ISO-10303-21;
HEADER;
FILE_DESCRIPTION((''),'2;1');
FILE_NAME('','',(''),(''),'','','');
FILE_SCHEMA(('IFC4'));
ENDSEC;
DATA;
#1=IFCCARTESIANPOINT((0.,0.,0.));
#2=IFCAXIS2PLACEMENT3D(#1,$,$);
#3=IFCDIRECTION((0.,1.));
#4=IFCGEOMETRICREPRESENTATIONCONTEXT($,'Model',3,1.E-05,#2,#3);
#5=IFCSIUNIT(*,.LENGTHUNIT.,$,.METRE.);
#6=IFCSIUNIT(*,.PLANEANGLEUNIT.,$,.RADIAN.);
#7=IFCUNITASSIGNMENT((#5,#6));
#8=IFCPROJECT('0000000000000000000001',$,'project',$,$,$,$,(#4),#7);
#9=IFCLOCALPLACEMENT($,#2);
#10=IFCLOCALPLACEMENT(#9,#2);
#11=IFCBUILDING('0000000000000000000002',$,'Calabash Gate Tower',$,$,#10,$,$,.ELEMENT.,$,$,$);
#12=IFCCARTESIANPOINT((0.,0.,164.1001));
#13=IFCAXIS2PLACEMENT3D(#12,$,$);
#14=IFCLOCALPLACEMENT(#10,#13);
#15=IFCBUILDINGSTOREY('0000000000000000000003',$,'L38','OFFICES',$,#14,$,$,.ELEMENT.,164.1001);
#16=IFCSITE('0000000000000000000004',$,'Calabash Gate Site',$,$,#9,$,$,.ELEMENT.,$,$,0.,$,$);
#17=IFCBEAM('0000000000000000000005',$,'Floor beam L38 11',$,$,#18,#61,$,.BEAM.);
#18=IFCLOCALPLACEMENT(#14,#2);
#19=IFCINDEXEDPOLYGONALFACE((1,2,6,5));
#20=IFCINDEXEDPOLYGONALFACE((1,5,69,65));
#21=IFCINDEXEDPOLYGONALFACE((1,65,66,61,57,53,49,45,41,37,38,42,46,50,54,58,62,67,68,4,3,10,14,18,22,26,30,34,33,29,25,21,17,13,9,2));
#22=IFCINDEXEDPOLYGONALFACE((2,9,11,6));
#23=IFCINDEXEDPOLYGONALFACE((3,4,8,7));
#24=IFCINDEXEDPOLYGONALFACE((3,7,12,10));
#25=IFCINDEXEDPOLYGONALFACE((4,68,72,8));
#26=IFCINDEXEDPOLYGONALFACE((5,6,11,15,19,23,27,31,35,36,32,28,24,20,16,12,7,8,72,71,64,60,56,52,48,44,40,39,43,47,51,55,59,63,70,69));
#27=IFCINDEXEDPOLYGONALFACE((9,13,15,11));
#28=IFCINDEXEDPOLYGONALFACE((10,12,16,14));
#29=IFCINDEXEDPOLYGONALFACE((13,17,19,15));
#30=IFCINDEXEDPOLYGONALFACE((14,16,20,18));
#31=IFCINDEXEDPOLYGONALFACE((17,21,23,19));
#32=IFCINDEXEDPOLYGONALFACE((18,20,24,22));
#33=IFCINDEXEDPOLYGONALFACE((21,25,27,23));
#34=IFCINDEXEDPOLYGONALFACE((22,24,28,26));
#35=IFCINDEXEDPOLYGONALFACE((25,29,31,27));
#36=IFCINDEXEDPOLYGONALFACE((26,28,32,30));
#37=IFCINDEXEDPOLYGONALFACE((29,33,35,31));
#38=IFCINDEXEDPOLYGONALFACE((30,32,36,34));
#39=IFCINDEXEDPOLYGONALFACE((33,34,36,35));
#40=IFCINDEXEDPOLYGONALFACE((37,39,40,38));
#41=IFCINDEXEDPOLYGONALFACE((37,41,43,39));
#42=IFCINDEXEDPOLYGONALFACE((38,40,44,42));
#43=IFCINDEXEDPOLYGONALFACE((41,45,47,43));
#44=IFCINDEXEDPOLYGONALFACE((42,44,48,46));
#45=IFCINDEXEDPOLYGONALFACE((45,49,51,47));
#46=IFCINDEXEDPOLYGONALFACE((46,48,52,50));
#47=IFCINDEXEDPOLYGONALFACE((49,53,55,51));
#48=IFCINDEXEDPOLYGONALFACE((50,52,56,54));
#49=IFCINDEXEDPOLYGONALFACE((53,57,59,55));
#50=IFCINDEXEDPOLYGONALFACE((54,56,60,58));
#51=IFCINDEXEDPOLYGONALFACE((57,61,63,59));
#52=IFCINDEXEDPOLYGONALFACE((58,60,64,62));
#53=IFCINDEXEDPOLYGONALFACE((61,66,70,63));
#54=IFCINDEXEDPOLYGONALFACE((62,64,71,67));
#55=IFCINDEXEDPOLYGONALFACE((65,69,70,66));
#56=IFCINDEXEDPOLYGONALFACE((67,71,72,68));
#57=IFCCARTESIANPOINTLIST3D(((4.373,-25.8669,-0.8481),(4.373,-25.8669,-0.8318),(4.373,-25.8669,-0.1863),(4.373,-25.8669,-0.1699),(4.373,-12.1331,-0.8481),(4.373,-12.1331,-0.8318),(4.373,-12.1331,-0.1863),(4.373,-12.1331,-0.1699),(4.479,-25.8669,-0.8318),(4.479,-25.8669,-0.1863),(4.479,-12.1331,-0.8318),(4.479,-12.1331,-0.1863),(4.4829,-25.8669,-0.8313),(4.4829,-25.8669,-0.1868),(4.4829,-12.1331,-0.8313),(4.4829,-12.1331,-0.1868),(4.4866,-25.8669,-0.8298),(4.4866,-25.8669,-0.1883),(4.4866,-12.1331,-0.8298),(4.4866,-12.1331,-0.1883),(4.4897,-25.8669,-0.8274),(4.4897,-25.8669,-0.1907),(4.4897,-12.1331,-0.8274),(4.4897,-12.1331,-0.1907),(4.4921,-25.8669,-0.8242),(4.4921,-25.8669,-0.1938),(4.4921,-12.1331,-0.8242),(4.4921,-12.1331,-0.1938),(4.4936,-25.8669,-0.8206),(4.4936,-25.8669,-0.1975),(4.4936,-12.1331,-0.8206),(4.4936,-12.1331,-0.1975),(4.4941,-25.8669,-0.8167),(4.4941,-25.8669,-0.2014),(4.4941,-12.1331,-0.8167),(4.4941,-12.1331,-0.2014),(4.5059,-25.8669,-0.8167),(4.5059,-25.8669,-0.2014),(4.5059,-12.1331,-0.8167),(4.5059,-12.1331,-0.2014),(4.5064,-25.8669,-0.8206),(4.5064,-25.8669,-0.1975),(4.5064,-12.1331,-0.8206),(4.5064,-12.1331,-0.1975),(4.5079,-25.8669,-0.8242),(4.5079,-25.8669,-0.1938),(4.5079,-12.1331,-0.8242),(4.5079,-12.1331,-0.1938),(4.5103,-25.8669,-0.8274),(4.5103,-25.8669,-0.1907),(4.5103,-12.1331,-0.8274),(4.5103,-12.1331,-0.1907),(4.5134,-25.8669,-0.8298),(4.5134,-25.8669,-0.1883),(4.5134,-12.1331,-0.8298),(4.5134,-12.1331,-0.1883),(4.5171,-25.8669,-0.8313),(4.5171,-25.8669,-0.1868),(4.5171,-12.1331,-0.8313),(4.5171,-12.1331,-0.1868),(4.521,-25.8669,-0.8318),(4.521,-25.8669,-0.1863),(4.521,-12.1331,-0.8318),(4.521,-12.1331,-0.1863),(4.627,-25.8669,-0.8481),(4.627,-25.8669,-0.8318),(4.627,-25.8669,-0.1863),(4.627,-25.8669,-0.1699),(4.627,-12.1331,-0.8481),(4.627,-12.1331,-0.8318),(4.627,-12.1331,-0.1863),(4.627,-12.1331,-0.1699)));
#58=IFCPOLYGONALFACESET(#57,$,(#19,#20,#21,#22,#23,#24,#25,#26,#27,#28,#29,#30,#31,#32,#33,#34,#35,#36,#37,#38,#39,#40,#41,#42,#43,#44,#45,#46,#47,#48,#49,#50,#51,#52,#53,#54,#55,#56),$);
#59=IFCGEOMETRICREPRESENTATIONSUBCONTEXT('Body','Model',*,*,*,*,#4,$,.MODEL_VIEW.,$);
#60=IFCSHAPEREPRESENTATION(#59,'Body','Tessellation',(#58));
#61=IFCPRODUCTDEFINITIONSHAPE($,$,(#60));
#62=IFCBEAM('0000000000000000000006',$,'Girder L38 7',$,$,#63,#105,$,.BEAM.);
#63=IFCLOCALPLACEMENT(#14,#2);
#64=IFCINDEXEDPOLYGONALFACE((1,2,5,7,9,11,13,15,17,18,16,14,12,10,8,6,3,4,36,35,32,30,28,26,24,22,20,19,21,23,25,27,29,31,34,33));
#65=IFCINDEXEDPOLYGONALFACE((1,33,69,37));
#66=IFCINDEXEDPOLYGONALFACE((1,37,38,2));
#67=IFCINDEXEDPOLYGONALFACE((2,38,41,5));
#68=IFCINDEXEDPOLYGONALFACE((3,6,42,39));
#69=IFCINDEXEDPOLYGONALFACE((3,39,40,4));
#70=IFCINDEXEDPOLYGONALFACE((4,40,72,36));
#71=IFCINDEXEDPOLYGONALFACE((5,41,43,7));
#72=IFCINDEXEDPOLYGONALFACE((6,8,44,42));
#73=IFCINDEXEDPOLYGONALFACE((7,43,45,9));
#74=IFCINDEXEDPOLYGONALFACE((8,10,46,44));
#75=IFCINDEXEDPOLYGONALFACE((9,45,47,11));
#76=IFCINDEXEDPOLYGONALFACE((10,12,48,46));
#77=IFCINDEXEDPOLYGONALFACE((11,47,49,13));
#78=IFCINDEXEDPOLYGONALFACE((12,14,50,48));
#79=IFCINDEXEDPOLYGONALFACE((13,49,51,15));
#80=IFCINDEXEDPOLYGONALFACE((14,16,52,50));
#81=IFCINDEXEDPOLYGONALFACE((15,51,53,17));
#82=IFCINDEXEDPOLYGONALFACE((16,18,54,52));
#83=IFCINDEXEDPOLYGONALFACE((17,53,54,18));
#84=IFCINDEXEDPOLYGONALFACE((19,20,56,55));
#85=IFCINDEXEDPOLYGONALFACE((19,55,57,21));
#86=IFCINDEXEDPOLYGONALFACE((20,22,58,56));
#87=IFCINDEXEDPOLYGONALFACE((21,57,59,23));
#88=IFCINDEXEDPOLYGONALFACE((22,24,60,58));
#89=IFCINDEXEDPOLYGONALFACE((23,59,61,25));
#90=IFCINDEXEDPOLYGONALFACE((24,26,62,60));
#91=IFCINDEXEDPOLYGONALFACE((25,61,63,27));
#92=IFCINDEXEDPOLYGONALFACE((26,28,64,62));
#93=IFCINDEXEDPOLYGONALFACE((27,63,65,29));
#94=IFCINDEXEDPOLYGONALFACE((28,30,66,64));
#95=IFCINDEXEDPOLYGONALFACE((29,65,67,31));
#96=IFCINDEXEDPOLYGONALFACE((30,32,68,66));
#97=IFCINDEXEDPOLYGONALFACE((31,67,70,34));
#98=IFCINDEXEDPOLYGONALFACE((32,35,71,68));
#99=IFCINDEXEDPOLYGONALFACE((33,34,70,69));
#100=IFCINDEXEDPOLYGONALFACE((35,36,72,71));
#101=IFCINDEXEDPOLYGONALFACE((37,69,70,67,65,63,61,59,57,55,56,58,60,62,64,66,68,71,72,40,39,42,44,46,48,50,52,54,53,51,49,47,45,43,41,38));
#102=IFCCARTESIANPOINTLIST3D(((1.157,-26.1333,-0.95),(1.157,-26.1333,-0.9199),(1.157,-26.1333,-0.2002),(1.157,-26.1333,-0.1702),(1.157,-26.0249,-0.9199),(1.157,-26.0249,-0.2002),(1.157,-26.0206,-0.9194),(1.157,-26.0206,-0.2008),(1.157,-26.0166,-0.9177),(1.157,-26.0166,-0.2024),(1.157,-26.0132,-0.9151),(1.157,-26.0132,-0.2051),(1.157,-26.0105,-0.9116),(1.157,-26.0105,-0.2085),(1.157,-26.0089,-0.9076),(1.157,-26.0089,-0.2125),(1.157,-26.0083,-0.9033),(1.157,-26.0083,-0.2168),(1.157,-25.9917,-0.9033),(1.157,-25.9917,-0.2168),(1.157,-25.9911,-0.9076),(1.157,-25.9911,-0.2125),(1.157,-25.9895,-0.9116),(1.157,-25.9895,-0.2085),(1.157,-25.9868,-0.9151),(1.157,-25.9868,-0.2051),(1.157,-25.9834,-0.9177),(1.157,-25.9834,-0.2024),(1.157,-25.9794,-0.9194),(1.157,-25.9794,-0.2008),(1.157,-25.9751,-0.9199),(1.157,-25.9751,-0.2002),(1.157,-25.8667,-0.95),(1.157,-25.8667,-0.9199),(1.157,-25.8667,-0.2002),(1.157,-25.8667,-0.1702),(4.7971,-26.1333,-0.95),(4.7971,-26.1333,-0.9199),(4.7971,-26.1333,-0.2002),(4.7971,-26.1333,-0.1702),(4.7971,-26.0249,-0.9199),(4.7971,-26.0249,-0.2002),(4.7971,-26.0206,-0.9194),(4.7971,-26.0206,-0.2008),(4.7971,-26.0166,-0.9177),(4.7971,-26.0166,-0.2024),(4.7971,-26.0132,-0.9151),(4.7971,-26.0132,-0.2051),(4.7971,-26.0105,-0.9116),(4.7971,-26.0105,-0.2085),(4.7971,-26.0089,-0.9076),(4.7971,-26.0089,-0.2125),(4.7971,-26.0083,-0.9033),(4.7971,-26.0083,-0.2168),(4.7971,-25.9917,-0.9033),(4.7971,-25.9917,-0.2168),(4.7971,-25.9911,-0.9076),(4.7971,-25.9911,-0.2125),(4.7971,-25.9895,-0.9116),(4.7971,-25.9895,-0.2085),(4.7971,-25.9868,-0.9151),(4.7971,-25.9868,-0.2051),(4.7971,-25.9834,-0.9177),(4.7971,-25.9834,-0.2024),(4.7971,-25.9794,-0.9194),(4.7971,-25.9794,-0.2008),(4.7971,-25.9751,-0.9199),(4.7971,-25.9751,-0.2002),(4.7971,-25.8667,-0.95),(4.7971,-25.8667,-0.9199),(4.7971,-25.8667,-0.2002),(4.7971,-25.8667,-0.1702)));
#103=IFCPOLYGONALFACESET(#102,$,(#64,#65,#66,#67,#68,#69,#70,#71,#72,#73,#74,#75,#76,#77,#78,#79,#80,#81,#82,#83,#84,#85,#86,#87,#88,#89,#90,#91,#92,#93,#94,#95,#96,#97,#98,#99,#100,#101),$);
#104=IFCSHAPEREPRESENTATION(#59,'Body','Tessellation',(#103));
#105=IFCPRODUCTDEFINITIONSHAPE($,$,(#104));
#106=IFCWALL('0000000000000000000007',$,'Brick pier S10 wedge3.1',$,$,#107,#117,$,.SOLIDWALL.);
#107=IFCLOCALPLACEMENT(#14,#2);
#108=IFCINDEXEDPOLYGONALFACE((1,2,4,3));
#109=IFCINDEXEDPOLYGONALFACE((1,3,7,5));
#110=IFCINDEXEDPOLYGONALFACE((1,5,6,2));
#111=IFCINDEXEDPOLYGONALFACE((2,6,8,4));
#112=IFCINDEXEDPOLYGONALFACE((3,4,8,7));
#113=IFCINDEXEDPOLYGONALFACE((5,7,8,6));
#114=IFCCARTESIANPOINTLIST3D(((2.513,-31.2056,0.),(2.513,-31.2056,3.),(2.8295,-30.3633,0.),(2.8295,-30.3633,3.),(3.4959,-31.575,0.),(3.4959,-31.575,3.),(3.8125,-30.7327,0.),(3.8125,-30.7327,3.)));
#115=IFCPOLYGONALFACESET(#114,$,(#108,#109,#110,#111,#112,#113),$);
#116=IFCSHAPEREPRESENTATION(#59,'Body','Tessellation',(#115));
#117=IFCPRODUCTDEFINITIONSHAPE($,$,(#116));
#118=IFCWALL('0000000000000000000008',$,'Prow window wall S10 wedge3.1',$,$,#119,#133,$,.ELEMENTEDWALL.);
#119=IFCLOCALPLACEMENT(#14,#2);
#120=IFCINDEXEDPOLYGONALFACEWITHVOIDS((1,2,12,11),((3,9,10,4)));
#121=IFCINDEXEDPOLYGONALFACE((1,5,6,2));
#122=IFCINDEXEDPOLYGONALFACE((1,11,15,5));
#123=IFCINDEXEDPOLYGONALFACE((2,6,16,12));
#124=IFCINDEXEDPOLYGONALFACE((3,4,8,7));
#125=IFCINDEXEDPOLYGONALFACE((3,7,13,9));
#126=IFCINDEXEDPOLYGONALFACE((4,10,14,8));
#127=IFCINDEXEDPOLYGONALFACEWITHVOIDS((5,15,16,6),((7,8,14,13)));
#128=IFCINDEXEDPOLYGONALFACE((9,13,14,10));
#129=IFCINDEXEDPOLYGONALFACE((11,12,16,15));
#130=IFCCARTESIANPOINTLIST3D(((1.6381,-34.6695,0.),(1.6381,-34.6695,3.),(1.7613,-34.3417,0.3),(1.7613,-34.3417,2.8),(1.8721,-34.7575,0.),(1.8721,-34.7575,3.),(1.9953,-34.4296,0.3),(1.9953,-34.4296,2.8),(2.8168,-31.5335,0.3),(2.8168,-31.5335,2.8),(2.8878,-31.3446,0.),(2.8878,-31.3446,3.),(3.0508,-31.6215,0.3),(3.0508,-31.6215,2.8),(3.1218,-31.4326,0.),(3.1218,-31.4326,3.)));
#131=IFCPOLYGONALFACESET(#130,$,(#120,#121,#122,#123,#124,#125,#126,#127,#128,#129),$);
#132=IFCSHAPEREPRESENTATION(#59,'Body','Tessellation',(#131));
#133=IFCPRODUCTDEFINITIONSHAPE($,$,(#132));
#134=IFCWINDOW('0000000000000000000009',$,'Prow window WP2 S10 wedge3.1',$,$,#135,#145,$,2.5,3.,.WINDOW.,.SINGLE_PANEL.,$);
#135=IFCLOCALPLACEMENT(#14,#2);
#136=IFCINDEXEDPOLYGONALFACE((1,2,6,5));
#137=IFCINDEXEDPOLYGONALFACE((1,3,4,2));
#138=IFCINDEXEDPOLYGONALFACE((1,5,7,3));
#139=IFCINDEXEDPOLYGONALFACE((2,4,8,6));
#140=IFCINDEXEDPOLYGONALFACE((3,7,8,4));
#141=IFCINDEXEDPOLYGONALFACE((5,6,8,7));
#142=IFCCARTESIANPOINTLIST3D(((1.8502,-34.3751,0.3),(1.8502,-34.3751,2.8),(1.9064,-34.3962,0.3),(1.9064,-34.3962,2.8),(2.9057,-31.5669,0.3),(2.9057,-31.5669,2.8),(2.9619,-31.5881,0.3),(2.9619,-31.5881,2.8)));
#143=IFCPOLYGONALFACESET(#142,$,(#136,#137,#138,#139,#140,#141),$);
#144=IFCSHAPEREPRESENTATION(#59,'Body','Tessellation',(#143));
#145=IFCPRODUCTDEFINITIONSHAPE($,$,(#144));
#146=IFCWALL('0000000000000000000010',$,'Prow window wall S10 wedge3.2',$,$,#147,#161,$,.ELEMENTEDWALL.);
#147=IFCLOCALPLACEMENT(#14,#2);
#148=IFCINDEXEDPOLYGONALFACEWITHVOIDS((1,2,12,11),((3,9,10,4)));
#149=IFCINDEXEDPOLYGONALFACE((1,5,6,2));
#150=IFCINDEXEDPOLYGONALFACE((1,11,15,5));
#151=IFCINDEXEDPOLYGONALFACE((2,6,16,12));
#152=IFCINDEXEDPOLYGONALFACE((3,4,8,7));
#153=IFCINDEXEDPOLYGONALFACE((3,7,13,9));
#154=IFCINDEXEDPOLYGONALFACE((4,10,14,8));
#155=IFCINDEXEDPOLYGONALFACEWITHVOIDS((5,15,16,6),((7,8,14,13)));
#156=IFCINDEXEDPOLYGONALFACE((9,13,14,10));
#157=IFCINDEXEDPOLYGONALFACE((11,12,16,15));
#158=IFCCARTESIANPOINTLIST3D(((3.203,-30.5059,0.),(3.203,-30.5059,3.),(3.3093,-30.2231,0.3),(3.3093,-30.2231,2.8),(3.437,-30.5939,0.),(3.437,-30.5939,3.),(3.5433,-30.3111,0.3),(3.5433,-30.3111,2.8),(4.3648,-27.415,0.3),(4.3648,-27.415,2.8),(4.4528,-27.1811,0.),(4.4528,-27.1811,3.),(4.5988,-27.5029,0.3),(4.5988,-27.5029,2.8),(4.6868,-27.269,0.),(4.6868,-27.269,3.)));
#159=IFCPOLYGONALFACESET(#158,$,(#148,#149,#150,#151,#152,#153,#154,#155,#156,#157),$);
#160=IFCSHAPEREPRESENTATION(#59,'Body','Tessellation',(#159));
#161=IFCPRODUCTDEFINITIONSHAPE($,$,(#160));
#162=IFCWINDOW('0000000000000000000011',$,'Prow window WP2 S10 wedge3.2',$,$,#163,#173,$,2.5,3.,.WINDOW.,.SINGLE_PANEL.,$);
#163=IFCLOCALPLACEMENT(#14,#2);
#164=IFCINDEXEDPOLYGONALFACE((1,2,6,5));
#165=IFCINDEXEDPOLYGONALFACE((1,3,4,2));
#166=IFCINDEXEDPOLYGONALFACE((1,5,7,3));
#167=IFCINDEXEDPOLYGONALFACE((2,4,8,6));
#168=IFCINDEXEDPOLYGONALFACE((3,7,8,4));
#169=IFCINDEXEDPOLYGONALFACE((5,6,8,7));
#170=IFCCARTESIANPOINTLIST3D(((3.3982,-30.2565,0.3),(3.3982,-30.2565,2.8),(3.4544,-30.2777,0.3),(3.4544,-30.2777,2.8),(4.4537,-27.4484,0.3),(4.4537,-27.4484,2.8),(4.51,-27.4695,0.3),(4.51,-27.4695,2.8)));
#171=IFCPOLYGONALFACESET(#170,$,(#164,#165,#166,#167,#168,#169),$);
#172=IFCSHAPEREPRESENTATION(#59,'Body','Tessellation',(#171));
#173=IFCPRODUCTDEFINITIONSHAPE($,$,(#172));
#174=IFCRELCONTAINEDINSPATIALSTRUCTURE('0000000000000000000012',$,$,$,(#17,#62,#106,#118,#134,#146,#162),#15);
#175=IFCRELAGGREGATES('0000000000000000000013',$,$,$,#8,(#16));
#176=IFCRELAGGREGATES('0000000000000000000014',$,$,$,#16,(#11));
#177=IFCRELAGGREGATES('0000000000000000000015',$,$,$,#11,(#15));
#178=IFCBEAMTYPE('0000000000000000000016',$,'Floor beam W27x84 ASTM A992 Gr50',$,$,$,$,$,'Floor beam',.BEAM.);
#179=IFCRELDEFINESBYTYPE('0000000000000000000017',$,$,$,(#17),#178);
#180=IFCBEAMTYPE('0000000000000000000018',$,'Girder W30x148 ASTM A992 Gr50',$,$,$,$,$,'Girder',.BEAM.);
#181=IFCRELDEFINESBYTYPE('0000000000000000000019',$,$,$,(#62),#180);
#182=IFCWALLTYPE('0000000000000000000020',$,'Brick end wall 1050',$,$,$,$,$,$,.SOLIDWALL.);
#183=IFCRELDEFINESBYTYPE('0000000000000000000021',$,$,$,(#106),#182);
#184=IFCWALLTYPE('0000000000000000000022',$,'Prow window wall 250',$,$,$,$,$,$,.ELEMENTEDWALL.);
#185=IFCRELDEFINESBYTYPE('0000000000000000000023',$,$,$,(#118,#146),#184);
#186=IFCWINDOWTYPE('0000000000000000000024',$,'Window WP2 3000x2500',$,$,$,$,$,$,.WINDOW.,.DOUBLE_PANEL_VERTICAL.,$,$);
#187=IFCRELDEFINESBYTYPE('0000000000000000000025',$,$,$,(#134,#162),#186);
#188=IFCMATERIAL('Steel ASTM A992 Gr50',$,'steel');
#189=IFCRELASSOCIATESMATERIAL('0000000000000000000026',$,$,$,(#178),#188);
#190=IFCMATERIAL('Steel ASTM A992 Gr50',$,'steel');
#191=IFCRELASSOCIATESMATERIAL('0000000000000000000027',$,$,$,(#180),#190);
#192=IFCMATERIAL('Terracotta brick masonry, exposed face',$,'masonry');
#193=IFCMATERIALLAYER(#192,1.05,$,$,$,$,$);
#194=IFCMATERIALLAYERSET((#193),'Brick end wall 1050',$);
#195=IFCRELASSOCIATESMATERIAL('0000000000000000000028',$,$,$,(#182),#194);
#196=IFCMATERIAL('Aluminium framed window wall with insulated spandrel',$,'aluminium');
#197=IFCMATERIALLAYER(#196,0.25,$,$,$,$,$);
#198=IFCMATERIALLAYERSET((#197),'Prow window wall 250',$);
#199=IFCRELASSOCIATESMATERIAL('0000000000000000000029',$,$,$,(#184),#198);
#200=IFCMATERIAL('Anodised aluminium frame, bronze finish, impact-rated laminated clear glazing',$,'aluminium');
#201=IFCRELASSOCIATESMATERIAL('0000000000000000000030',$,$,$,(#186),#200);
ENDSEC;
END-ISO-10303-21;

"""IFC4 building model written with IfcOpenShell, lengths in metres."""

from ifc_helpers import new_model, si_unit, direction, frame, frame_2d, origin, origin_2d, place, context, subcontext, project, spatial, rectangle, i_section, extrude, material, layer, layer_set, material_profile, profile_set, type_object, element, fill, save


model = new_model("IFC4")

# Units and contexts
model_context = context("Model", 3, precision=1e-05, world=origin(), true_north=direction((0.0, 1.0)))
body_context = subcontext(model_context, "Body", "Model", "MODEL_VIEW")
ifc_project = project(units=[si_unit("LENGTHUNIT", "METRE"), si_unit("PLANEANGLEUNIT", "RADIAN")], contexts=[model_context])

# Site, building, storey
site_placement = place(None, origin())
site = spatial("IfcSite", under=ifc_project, at=site_placement, Name="Calabash Gate Site", CompositionType="ELEMENT", RefElevation=0.0)
building_placement = place(site_placement, origin())
building = spatial("IfcBuilding", under=site, at=building_placement, Name="Calabash Gate Tower", CompositionType="ELEMENT")
storey_placement = place(building_placement, frame((0.0, 0.0, 164.1001)))
storey = spatial("IfcBuildingStorey", under=building, at=storey_placement, Name="L38", Description="OFFICES", CompositionType="ELEMENT", Elevation=164.1001)

# Beams
ifc_material_1 = material(Name="Steel ASTM A992 Gr50", Category="steel")
ifc_material_profile_1 = material_profile(ifc_material_1, i_section(OverallWidth=0.2539, OverallDepth=0.6782, WebThickness=0.0117, FlangeThickness=0.0164, FilletRadius=0.0151, at=origin_2d()))
ifc_profile_set_1 = profile_set([ifc_material_profile_1], Name="Steel ASTM A992 Gr50")
beam_type_1 = type_object("IfcBeamType", Name="Floor beam W27x84 ASTM A992 Gr50", ElementType="Floor beam", PredefinedType="BEAM", material=ifc_profile_set_1)
beam_1_placement = place(storey_placement, frame((4.5, -25.8669, -0.509), z_axis=(0.0, 1.0, 0.0), x_axis=(-1.0, 0.0, 0.0)))
element("IfcBeam", 1, at=beam_1_placement, inside=storey, type_object=beam_type_1, Name="Floor beam L38 11", PredefinedType="BEAM", context=body_context, shape_type="SweptSolid", body=[
    extrude(i_section(OverallWidth=0.2539, OverallDepth=0.6782, WebThickness=0.0117, FlangeThickness=0.0164, FilletRadius=0.0151, at=origin_2d()), origin(), (0.0, 0.0, 1.0), 13.7339),
])
ifc_material_2 = material(Name="Steel ASTM A992 Gr50", Category="steel")
ifc_material_profile_2 = material_profile(ifc_material_2, i_section(OverallWidth=0.2666, OverallDepth=0.7798, WebThickness=0.0166, FlangeThickness=0.03, FilletRadius=0.0166, at=origin_2d()))
ifc_profile_set_2 = profile_set([ifc_material_profile_2], Name="Steel ASTM A992 Gr50")
beam_type_2 = type_object("IfcBeamType", Name="Girder W30x148 ASTM A992 Gr50", ElementType="Girder", PredefinedType="BEAM", material=ifc_profile_set_2)
beam_2_placement = place(storey_placement, frame((1.157, -26.0, -0.5601), z_axis=(1.0, 0.0, 0.0), x_axis=(0.0, 1.0, 0.0)))
element("IfcBeam", 2, at=beam_2_placement, inside=storey, type_object=beam_type_2, Name="Girder L38 7", PredefinedType="BEAM", context=body_context, shape_type="SweptSolid", body=[
    extrude(i_section(OverallWidth=0.2666, OverallDepth=0.7798, WebThickness=0.0166, FlangeThickness=0.03, FilletRadius=0.0166, at=origin_2d()), origin(), (0.0, 0.0, 1.0), 3.6401),
])

# Wall
ifc_material_3 = material(Name="Terracotta brick masonry, exposed face", Category="masonry")
ifc_layer_1 = layer(ifc_material_3, 1.05)
ifc_layer_set_1 = layer_set([ifc_layer_1], Name="Brick end wall 1050")
wall_type_1 = type_object("IfcWallType", Name="Brick end wall 1050", PredefinedType="SOLIDWALL", material=ifc_layer_set_1)
wall_1_placement = place(storey_placement, frame((3.6541, -31.1538, 0.0), z_axis=(0.0, 0.0, 1.0), x_axis=(-0.936081, 0.351786, 0.0)))
element("IfcWall", 3, at=wall_1_placement, inside=storey, type_object=wall_type_1, Name="Brick pier S10 wedge3.1", PredefinedType="SOLIDWALL", context=body_context, shape_type="SweptSolid", body=[
    extrude(rectangle(XDim=1.05, YDim=0.8999, at=frame_2d((0.5249, 0.0))), origin(), (0.0, 0.0, 1.0), 3.0),
])

# Walls, openings, windows
ifc_material_4 = material(Name="Aluminium framed window wall with insulated spandrel", Category="aluminium")
ifc_layer_2 = layer(ifc_material_4, 0.25)
ifc_layer_set_2 = layer_set([ifc_layer_2], Name="Prow window wall 250")
wall_type_2 = type_object("IfcWallType", Name="Prow window wall 250", PredefinedType="ELEMENTEDWALL", material=ifc_layer_set_2)
wall_2_placement = place(storey_placement, frame((1.7551, -34.7134, 0.0), z_axis=(0.0, 0.0, 1.0), x_axis=(0.351839, 0.936061, 0.0)))
wall_2 = element("IfcWall", 4, at=wall_2_placement, inside=storey, type_object=wall_type_2, Name="Prow window wall S10 wedge3.1", PredefinedType="ELEMENTEDWALL", context=body_context, shape_type="SweptSolid", body=[
    extrude(rectangle(XDim=3.552, YDim=0.25, at=frame_2d((1.7759, 0.0))), origin(), (0.0, 0.0, 1.0), 3.0),
])
opening_1_placement = place(wall_2_placement, frame((0.3501, 0.0, 0.3)))
opening_1 = element("IfcOpeningElement", 5, at=opening_1_placement, cuts=wall_2, PredefinedType="OPENING", context=body_context, shape_type="SweptSolid", body=[
    extrude(rectangle(XDim=3.0, YDim=2.5, at=frame_2d((1.5, 1.25))), frame((0.0, 0.135, 0.0), z_axis=(0.0, -1.0, 0.0), x_axis=(1.0, 0.0, 0.0)), (0.0, 0.0, 1.0), 0.27),
])
ifc_material_5 = material(Name="Anodised aluminium frame, bronze finish, impact-rated laminated clear glazing", Category="aluminium")
window_type_1 = type_object("IfcWindowType", Name="Window WP2 3000x2500", PartitioningType="DOUBLE_PANEL_VERTICAL", PredefinedType="WINDOW", material=ifc_material_5)
window_1_placement = place(opening_1_placement, origin())
window_1 = element("IfcWindow", 6, at=window_1_placement, inside=storey, type_object=window_type_1, Name="Prow window WP2 S10 wedge3.1", OverallHeight=2.5, OverallWidth=3.0, PartitioningType="SINGLE_PANEL", PredefinedType="WINDOW", context=body_context, shape_type="SweptSolid", body=[
    extrude(rectangle(XDim=3.0, YDim=2.5, at=frame_2d((1.5, 1.25))), frame((0.0, 0.03, 0.0), z_axis=(0.0, -1.0, 0.0), x_axis=(1.0, 0.0, 0.0)), (0.0, 0.0, 1.0), 0.0601),
])
fill(opening_1, window_1)
wall_3_placement = place(storey_placement, frame((3.3201, -30.5498, 0.0), z_axis=(0.0, 0.0, 1.0), x_axis=(0.351839, 0.936061, 0.0)))
wall_3 = element("IfcWall", 7, at=wall_3_placement, inside=storey, type_object=wall_type_2, Name="Prow window wall S10 wedge3.2", PredefinedType="ELEMENTEDWALL", context=body_context, shape_type="SweptSolid", body=[
    extrude(rectangle(XDim=3.552, YDim=0.25, at=frame_2d((1.7759, 0.0))), origin(), (0.0, 0.0, 1.0), 3.0),
])
opening_2_placement = place(wall_3_placement, frame((0.302, 0.0, 0.3)))
opening_2 = element("IfcOpeningElement", 8, at=opening_2_placement, cuts=wall_3, PredefinedType="OPENING", context=body_context, shape_type="SweptSolid", body=[
    extrude(rectangle(XDim=3.0, YDim=2.5, at=frame_2d((1.5, 1.25))), frame((0.0, 0.135, 0.0), z_axis=(0.0, -1.0, 0.0), x_axis=(1.0, 0.0, 0.0)), (0.0, 0.0, 1.0), 0.27),
])
window_2_placement = place(opening_2_placement, origin())
window_2 = element("IfcWindow", 9, at=window_2_placement, inside=storey, type_object=window_type_1, Name="Prow window WP2 S10 wedge3.2", OverallHeight=2.5, OverallWidth=3.0, PartitioningType="SINGLE_PANEL", PredefinedType="WINDOW", context=body_context, shape_type="SweptSolid", body=[
    extrude(rectangle(XDim=3.0, YDim=2.5, at=frame_2d((1.5, 1.25))), frame((0.0, 0.03, 0.0), z_axis=(0.0, -1.0, 0.0), x_axis=(1.0, 0.0, 0.0)), (0.0, 0.0, 1.0), 0.0601),
])
fill(opening_2, window_2)

save(model, "model.ifc")
